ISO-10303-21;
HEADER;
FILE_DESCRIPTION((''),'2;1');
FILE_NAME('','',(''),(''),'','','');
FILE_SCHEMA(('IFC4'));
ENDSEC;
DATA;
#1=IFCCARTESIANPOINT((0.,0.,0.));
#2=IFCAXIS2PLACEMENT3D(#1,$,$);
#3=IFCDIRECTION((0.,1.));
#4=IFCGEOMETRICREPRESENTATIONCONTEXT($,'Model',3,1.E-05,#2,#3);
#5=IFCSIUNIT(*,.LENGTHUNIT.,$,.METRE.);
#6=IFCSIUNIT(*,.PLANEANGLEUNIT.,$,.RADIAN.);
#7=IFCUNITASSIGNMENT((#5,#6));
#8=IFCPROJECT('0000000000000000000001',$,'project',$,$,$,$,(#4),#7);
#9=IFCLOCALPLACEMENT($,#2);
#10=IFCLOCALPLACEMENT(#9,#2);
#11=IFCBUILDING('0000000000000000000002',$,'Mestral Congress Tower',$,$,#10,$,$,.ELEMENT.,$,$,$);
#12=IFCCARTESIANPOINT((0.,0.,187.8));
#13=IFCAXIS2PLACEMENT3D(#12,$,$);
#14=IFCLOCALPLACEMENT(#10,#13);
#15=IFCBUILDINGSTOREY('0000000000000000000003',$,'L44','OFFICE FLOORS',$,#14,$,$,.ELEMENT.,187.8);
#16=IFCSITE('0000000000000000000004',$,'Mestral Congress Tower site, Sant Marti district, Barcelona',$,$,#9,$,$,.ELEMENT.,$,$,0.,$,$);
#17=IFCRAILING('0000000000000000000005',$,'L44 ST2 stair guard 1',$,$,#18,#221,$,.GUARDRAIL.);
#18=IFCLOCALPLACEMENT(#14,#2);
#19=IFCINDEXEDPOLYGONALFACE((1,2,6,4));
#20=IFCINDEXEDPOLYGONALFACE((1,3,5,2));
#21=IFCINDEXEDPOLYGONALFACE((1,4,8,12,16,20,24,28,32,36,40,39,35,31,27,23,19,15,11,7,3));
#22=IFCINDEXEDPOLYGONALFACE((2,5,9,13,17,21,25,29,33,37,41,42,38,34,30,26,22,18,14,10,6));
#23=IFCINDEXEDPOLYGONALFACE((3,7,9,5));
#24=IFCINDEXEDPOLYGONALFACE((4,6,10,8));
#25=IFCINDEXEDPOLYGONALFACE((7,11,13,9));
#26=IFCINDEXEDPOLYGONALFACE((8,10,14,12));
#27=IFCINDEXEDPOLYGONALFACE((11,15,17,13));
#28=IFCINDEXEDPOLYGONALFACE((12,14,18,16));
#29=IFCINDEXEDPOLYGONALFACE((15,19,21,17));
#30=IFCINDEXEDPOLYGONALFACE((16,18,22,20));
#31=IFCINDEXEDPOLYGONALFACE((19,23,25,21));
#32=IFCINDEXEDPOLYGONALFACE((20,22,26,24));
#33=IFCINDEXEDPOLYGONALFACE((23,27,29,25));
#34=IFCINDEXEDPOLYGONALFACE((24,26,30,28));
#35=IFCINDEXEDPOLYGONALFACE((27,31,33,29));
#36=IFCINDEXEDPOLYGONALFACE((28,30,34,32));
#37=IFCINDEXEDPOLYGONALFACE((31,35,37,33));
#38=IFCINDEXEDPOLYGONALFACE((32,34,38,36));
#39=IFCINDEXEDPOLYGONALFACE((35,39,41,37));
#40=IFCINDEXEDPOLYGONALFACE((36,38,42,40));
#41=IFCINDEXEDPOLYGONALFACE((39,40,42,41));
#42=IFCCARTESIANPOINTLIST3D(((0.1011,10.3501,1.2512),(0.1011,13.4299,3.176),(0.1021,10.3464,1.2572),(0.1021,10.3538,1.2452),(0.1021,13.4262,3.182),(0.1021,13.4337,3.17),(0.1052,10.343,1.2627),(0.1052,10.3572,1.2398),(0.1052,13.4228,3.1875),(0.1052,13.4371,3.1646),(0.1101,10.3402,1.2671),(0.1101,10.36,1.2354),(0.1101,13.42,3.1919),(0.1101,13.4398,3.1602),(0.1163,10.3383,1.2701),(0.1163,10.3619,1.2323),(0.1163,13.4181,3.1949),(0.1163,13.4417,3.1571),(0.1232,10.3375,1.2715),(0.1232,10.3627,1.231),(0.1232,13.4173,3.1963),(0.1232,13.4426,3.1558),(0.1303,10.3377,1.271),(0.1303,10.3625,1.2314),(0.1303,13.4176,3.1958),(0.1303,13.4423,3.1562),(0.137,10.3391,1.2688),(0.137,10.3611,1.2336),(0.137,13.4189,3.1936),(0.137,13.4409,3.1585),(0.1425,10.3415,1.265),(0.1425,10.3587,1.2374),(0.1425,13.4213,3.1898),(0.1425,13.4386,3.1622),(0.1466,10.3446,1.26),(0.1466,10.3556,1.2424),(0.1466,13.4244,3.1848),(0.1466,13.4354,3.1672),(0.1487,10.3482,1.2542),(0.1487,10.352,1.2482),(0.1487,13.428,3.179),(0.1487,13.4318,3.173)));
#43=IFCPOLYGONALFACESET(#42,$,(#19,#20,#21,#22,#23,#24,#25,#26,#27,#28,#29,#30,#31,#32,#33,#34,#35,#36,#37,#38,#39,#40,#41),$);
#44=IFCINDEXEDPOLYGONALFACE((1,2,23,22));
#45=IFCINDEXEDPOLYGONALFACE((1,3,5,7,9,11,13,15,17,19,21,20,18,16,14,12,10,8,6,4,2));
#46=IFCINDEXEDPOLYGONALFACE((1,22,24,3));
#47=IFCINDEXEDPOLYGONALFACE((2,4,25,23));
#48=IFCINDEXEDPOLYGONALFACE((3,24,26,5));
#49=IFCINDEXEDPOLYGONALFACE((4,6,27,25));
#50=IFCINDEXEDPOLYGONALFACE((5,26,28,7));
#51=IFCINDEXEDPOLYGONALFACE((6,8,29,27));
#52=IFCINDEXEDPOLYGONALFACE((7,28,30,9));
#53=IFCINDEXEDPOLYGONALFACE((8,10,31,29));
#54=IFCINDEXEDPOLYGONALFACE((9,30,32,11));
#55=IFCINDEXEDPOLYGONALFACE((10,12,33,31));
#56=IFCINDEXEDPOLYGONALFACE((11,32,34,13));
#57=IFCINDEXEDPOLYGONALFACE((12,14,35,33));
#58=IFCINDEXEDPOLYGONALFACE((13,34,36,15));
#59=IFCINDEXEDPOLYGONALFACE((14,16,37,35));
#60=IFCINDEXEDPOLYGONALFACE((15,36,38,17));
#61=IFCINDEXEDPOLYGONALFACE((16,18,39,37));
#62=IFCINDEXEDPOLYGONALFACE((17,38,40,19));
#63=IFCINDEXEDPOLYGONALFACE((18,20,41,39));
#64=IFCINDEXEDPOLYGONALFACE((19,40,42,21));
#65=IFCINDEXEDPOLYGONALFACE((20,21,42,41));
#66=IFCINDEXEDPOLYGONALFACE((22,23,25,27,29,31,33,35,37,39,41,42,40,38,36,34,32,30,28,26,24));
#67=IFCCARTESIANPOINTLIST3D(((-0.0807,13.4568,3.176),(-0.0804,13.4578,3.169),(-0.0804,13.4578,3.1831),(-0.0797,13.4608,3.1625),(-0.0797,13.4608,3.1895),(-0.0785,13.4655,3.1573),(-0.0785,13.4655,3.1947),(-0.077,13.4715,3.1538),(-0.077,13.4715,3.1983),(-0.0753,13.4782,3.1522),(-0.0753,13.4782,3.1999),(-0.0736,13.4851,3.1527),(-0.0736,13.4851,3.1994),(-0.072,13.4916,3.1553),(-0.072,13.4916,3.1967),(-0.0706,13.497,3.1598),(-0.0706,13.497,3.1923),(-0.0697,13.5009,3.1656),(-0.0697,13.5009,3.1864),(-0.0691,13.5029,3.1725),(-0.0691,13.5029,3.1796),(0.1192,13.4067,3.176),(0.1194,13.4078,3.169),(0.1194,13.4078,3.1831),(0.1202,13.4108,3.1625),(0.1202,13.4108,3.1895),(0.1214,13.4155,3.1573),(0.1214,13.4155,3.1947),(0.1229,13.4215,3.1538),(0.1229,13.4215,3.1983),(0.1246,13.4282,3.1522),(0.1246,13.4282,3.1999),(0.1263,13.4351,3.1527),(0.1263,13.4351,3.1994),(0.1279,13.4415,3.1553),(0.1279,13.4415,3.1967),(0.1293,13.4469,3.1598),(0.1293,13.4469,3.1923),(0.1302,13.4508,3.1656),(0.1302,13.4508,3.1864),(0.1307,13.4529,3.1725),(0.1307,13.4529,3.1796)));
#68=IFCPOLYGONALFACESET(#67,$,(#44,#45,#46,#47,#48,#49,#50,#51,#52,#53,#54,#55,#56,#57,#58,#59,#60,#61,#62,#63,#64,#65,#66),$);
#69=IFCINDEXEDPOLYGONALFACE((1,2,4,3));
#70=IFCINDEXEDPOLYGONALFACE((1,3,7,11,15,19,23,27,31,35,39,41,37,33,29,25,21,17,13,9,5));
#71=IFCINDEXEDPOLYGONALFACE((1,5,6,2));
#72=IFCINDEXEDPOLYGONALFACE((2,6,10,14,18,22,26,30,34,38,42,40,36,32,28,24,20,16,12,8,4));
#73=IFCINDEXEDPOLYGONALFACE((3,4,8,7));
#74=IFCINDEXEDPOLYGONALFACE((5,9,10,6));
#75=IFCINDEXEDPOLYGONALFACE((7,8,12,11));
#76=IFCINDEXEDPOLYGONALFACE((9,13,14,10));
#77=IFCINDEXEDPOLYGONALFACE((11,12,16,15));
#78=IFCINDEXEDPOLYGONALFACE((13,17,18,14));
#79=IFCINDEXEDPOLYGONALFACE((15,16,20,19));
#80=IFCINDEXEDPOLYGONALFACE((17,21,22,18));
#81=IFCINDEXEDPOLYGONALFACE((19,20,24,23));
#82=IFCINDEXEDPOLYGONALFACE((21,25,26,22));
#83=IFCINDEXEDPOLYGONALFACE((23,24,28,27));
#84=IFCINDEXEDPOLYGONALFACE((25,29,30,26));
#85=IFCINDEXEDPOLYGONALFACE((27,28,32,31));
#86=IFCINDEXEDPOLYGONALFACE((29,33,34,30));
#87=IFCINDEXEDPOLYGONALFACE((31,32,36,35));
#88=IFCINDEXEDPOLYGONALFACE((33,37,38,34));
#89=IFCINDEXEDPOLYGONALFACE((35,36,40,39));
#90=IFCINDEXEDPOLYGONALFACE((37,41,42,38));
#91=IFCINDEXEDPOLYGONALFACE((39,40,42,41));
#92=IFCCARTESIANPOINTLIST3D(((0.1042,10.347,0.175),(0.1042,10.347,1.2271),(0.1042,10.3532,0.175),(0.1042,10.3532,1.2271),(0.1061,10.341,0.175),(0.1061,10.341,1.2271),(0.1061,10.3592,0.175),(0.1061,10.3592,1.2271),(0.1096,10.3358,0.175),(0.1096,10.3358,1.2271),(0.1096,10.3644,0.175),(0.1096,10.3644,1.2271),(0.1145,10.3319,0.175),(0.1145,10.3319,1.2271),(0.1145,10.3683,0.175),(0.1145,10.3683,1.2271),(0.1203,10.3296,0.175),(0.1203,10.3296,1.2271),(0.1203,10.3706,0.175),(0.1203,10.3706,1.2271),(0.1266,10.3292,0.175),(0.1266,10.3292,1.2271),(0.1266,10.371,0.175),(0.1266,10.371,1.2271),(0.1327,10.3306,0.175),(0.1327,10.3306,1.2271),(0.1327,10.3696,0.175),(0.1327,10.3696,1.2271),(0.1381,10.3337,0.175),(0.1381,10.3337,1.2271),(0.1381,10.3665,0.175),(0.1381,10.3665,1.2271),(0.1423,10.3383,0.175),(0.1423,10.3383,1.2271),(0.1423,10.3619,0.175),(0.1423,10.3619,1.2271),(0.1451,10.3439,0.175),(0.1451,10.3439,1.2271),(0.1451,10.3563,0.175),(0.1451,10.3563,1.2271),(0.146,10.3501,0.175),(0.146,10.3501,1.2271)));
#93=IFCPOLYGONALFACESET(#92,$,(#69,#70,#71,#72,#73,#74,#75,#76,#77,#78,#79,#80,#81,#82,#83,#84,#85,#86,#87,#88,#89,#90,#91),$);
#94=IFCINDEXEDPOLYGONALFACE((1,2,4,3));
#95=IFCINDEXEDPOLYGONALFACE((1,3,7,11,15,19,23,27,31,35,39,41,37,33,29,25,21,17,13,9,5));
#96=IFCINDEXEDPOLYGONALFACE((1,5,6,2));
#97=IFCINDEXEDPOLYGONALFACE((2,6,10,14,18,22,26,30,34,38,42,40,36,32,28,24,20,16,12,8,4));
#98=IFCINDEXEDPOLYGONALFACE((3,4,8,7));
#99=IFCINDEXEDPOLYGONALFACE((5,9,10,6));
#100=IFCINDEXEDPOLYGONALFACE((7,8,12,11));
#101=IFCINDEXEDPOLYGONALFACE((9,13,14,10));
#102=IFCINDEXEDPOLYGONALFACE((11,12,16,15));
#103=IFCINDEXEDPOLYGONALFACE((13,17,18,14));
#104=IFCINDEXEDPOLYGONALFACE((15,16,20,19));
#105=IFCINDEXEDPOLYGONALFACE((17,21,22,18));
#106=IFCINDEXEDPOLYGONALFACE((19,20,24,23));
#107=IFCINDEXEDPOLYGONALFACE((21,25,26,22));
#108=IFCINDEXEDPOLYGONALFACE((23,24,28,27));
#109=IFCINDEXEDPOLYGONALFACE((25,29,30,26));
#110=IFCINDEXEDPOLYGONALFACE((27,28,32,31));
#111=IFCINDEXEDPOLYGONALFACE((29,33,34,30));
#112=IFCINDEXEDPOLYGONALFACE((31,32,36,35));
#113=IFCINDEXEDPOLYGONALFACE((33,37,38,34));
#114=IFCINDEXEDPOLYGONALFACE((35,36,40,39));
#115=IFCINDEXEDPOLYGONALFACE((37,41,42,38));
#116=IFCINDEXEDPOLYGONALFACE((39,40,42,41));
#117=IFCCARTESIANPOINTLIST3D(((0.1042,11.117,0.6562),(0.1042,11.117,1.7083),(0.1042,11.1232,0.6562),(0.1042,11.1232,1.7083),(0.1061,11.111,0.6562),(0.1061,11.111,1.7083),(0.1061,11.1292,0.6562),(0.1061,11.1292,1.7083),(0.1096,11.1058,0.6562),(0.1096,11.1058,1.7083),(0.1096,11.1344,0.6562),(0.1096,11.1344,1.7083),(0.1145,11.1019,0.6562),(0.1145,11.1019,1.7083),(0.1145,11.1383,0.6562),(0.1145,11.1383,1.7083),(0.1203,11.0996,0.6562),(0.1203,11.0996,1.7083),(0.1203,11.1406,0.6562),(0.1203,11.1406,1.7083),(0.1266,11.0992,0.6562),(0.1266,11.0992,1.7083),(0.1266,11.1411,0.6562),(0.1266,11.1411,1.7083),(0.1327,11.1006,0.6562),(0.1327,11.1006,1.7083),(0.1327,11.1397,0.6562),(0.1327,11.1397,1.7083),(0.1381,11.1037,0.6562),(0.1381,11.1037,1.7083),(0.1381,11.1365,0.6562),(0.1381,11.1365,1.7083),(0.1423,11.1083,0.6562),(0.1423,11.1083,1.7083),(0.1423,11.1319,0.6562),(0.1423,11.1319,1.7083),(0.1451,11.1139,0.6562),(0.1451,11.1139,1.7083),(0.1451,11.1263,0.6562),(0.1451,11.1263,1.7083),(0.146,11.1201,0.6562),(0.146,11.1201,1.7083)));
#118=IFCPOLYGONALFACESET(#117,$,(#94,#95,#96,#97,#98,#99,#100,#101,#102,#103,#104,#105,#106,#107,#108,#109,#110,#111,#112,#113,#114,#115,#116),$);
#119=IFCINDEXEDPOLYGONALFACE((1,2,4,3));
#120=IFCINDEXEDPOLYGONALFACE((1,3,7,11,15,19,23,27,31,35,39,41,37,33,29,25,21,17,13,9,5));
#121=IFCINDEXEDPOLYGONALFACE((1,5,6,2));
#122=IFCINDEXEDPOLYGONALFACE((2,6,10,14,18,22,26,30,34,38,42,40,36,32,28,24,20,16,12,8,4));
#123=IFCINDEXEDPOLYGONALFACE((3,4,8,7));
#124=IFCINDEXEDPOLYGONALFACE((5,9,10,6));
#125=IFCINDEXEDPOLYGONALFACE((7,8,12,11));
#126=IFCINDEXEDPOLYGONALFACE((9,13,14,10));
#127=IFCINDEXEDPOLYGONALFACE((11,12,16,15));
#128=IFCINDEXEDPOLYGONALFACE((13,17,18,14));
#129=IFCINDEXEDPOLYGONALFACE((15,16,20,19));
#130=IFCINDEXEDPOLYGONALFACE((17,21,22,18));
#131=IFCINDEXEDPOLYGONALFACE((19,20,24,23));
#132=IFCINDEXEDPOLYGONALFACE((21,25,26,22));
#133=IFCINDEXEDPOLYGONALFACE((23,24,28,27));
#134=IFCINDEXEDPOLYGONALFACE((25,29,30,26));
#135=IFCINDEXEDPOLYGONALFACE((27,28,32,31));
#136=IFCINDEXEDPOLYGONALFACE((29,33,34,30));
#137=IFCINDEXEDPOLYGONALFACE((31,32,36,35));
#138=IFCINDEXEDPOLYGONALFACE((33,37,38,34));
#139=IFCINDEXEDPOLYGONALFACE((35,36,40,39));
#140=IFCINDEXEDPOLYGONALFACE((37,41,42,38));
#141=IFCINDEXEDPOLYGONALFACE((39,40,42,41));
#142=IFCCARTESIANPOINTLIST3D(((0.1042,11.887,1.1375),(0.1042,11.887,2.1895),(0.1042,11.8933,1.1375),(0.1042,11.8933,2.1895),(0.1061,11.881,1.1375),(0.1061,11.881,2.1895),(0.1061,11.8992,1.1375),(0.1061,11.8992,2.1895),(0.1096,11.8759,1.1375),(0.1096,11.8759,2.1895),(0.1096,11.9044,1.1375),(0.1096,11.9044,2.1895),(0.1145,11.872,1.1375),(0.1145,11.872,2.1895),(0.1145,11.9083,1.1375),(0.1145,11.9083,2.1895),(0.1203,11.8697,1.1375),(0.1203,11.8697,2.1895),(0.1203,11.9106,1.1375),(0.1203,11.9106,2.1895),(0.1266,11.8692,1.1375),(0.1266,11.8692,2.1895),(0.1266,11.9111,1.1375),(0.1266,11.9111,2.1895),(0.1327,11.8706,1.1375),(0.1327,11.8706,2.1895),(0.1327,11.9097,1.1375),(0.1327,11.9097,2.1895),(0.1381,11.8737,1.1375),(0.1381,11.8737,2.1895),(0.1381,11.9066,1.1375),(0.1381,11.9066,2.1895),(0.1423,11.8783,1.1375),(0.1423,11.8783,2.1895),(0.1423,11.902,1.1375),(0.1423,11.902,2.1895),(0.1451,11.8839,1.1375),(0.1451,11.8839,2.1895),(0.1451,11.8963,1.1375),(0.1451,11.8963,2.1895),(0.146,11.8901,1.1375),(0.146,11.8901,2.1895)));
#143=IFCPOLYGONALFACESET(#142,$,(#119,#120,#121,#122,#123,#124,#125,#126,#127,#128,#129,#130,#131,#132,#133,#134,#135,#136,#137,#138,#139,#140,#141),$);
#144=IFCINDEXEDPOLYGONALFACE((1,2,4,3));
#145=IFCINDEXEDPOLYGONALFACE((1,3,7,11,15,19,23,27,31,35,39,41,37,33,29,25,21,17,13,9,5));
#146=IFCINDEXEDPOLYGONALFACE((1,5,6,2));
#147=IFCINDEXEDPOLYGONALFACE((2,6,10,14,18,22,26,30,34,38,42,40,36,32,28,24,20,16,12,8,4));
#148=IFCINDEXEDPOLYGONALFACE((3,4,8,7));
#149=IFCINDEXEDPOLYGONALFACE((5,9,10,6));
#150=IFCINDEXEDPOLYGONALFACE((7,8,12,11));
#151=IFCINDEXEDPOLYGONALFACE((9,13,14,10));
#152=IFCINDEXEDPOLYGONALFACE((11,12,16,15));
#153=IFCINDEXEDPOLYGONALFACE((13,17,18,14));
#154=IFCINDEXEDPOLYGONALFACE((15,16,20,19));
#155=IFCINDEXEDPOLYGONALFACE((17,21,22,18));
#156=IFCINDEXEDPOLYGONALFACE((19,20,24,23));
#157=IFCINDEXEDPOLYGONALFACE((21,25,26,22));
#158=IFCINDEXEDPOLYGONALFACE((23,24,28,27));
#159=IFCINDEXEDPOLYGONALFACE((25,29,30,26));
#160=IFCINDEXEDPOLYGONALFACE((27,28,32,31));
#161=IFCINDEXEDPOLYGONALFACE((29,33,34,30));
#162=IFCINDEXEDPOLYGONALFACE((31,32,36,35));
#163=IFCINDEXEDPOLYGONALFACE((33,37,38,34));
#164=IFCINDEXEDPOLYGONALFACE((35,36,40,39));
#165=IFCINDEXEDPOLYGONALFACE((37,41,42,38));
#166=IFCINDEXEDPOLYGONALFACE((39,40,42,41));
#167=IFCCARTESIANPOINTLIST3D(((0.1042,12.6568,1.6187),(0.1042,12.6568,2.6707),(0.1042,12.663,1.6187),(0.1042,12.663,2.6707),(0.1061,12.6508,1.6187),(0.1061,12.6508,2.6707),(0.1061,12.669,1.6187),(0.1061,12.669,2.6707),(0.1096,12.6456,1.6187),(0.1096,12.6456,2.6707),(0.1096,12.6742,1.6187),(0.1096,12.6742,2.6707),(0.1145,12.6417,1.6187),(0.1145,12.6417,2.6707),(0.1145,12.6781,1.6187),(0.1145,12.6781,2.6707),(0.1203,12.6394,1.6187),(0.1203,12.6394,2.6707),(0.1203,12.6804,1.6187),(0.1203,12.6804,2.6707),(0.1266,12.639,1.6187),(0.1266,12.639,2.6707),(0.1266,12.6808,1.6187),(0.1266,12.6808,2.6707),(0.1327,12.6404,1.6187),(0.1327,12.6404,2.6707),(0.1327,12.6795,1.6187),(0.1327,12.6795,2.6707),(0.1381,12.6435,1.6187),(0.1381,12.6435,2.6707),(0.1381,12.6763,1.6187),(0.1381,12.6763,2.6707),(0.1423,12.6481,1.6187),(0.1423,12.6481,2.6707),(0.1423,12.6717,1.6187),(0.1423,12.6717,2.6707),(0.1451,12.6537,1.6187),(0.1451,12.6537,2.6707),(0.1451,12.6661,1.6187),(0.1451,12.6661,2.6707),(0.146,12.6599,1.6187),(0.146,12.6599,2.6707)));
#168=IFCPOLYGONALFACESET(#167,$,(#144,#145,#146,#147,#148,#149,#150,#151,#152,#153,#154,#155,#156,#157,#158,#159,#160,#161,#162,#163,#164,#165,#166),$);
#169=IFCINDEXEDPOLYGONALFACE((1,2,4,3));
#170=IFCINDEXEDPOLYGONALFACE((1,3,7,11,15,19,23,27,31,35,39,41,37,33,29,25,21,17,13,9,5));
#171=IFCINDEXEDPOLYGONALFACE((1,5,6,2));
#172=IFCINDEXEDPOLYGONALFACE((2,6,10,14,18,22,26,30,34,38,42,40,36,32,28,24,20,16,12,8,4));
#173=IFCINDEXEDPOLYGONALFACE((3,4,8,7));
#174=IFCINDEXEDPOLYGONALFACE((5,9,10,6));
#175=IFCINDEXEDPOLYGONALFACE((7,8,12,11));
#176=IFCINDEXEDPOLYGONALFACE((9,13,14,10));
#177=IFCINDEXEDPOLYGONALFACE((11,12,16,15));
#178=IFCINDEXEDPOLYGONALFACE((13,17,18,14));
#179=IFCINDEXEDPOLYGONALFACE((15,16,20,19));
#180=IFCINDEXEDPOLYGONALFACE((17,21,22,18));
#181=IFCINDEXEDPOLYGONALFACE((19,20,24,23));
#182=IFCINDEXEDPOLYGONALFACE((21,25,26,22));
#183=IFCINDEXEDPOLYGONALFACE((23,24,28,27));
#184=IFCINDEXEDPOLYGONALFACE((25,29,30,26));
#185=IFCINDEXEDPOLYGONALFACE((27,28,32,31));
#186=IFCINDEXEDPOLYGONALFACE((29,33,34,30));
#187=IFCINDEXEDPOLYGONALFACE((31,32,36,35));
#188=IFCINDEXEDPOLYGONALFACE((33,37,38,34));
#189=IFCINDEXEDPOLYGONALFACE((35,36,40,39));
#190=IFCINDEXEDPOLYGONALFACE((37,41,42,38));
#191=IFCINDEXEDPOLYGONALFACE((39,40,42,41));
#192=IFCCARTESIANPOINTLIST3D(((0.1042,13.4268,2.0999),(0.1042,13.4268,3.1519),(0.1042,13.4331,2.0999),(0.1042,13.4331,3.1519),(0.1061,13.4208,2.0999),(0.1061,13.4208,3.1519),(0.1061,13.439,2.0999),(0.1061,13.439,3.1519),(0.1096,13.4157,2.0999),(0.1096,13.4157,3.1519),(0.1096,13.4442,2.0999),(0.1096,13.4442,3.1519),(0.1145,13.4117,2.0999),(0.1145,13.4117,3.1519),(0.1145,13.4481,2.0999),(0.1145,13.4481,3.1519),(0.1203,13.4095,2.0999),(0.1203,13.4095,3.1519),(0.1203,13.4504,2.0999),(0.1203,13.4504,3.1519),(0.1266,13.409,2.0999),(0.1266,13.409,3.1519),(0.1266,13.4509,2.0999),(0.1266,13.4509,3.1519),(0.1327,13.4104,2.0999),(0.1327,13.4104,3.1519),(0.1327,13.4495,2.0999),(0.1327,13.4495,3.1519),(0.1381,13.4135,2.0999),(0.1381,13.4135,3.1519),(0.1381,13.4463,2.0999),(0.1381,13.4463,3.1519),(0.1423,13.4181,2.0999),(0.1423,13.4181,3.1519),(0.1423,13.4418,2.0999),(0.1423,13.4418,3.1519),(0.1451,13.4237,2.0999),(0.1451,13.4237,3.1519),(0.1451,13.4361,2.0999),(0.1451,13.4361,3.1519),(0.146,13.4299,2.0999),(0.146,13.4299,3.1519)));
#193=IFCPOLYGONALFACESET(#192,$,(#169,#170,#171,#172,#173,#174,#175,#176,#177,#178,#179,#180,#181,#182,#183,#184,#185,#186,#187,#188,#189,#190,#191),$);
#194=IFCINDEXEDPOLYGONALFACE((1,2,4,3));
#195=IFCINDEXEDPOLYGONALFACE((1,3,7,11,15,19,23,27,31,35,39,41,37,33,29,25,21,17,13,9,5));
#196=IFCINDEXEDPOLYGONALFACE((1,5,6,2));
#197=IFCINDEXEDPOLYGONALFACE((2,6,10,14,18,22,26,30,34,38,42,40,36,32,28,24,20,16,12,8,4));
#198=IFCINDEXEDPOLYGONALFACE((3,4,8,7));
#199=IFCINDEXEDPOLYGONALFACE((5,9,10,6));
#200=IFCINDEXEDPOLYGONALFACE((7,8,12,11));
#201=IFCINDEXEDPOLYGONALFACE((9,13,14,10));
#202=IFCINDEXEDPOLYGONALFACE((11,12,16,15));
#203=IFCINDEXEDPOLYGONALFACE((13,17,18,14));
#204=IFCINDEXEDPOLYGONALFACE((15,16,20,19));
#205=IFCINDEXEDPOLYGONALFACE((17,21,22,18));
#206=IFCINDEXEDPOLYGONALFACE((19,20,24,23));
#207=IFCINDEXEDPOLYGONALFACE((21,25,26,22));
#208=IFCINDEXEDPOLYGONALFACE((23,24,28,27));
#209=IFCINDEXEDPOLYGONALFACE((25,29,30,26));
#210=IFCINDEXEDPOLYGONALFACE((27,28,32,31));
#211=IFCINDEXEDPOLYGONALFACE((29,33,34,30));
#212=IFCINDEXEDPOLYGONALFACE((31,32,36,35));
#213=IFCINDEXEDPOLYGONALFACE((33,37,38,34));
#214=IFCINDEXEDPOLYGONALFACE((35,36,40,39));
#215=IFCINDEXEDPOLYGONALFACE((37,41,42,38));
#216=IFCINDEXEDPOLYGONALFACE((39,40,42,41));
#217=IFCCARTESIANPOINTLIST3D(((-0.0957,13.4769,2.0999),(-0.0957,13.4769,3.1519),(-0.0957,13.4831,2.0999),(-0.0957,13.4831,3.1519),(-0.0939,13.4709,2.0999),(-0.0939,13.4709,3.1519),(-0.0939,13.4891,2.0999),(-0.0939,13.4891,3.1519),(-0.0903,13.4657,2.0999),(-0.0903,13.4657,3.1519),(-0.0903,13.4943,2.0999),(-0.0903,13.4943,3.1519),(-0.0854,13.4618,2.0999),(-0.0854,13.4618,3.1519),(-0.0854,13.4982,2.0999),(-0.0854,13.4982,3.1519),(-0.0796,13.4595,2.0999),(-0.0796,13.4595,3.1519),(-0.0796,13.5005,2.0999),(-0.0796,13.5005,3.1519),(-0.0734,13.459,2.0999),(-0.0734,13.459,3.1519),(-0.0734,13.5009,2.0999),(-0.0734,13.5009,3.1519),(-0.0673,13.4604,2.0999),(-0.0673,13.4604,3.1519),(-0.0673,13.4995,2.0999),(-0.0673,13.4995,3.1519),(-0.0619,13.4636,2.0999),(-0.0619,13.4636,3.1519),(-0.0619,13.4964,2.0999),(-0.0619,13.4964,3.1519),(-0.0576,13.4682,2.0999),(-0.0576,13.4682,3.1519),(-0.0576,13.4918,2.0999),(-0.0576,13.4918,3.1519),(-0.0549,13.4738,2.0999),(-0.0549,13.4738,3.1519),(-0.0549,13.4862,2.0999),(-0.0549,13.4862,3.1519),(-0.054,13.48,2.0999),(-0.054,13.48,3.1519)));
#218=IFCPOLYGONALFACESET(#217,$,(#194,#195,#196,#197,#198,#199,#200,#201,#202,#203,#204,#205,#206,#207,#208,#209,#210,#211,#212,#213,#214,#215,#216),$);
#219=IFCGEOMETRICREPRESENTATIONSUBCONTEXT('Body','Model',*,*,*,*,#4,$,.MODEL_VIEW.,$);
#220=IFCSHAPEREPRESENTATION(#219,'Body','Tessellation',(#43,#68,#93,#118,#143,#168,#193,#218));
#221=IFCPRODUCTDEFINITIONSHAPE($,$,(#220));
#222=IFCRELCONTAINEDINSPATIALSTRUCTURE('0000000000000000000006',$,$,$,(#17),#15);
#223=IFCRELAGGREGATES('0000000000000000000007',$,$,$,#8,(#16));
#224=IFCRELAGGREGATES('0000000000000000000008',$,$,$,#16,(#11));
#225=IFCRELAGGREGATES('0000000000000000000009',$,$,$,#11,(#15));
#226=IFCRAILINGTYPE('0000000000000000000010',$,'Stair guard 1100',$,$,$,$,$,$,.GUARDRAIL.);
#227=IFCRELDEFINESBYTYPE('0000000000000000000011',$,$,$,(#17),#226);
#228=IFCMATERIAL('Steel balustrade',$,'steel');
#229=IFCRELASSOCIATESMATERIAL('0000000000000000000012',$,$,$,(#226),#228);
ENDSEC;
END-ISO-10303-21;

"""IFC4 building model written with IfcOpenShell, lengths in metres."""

from ifc_helpers import new_model, si_unit, direction, frame, origin, origin_2d, place, context, subcontext, project, spatial, circle, extrude, material, type_object, element, save


model = new_model("IFC4")

# Units and contexts
model_context = context("Model", 3, precision=1e-05, world=origin(), true_north=direction((0.0, 1.0)))
body_context = subcontext(model_context, "Body", "Model", "MODEL_VIEW")
ifc_project = project(units=[si_unit("LENGTHUNIT", "METRE"), si_unit("PLANEANGLEUNIT", "RADIAN")], contexts=[model_context])

# Site, building, storey
site_placement = place(None, origin())
site = spatial("IfcSite", under=ifc_project, at=site_placement, Name="Mestral Congress Tower site, Sant Marti district, Barcelona", CompositionType="ELEMENT", RefElevation=0.0)
building_placement = place(site_placement, origin())
building = spatial("IfcBuilding", under=site, at=building_placement, Name="Mestral Congress Tower", CompositionType="ELEMENT")
storey_placement = place(building_placement, frame((0.0, 0.0, 187.8)))
storey = spatial("IfcBuildingStorey", under=building, at=storey_placement, Name="L44", Description="OFFICE FLOORS", CompositionType="ELEMENT", Elevation=187.8)

# Railing
ifc_material_1 = material(Name="Steel balustrade", Category="steel")
railing_type_1 = type_object("IfcRailingType", Name="Stair guard 1100", PredefinedType="GUARDRAIL", material=ifc_material_1)
railing_1_placement = place(storey_placement, frame((0.125, 10.3501, 0.175)))
element("IfcRailing", 1, at=railing_1_placement, inside=storey, type_object=railing_type_1, Name="L44 ST2 stair guard 1", PredefinedType="GUARDRAIL", context=body_context, shape_type="SweptSolid", body=[
    extrude(circle(Radius=0.0239, at=origin_2d()), frame((0.0, 0.0, 1.0762), z_axis=(0.0, 0.84801, 0.529981), x_axis=(-1.0, 0.0, 0.0)), (0.0, 0.0, 1.0), 3.6318),
    extrude(circle(Radius=0.0239, at=origin_2d()), frame((0.0, 3.0798, 3.001), z_axis=(-0.970073, 0.242814, 0.0), x_axis=(-0.242814, -0.970073, 0.0)), (0.0, 0.0, 1.0), 0.2061),
    extrude(circle(Radius=0.021, at=origin_2d()), origin(), (0.0, 0.0, 1.0), 1.052),
    extrude(circle(Radius=0.021, at=origin_2d()), frame((0.0, 0.77, 0.4812)), (0.0, 0.0, 1.0), 1.052),
    extrude(circle(Radius=0.021, at=origin_2d()), frame((0.0, 1.54, 0.9624)), (0.0, 0.0, 1.0), 1.052),
    extrude(circle(Radius=0.021, at=origin_2d()), frame((0.0, 2.3098, 1.4436)), (0.0, 0.0, 1.0), 1.052),
    extrude(circle(Radius=0.021, at=origin_2d()), frame((0.0, 3.0798, 1.9248)), (0.0, 0.0, 1.0), 1.052),
    extrude(circle(Radius=0.021, at=origin_2d()), frame((-0.2, 3.1299, 1.9248)), (0.0, 0.0, 1.0), 1.052),
])

save(model, "model.ifc")
